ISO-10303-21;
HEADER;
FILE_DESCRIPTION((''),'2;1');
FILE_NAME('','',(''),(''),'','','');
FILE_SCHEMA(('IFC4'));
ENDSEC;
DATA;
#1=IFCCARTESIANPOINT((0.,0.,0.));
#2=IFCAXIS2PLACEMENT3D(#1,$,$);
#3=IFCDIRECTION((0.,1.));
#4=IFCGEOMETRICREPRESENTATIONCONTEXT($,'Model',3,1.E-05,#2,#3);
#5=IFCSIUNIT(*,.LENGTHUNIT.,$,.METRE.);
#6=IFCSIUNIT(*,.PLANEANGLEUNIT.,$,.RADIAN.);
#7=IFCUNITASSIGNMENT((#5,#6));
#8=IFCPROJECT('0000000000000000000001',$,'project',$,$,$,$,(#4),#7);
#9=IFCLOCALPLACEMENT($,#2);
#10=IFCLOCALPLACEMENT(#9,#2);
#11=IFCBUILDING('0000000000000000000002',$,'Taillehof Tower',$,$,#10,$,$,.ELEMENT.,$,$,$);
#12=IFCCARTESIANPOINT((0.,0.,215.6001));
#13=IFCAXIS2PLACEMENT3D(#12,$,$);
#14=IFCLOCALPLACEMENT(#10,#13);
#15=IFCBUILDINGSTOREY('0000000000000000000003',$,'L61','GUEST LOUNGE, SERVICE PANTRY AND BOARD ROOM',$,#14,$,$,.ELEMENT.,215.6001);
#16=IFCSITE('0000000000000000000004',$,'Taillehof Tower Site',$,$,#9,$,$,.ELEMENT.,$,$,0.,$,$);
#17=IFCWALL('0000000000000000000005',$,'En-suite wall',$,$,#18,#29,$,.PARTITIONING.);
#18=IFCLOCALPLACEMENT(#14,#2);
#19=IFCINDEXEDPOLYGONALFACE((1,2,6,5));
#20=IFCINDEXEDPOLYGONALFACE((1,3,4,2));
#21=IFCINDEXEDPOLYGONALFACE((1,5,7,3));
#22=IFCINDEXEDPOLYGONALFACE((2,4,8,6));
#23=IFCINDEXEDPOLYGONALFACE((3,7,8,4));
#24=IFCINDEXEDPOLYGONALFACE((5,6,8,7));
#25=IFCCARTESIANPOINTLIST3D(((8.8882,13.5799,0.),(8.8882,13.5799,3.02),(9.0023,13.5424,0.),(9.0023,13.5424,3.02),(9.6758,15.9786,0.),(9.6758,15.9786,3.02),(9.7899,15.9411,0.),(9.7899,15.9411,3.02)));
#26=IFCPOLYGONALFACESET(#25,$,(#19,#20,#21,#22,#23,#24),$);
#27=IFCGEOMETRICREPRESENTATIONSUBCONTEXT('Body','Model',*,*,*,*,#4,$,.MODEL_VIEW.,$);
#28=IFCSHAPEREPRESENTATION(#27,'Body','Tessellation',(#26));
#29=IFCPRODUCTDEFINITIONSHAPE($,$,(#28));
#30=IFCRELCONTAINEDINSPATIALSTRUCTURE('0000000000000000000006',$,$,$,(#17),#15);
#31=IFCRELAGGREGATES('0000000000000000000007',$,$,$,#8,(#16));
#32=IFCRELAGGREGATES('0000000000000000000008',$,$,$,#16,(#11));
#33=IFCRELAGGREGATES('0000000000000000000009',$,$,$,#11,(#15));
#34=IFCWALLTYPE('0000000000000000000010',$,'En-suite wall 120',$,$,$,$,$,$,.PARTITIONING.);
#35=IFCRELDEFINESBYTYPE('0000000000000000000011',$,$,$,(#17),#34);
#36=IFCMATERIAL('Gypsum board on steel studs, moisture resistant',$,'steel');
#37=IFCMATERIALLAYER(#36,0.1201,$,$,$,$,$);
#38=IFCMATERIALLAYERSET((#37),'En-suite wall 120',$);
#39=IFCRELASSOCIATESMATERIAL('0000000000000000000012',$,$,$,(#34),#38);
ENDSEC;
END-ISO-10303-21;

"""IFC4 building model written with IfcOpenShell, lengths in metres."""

from ifc_helpers import new_model, si_unit, direction, frame, frame_2d, origin, place, context, subcontext, project, spatial, rectangle, extrude, material, layer, layer_set, type_object, element, save


model = new_model("IFC4")

# Units and contexts
model_context = context("Model", 3, precision=1e-05, world=origin(), true_north=direction((0.0, 1.0)))
body_context = subcontext(model_context, "Body", "Model", "MODEL_VIEW")
ifc_project = project(units=[si_unit("LENGTHUNIT", "METRE"), si_unit("PLANEANGLEUNIT", "RADIAN")], contexts=[model_context])

# Site, building, storey
site_placement = place(None, origin())
site = spatial("IfcSite", under=ifc_project, at=site_placement, Name="Taillehof Tower Site", CompositionType="ELEMENT", RefElevation=0.0)
building_placement = place(site_placement, origin())
building = spatial("IfcBuilding", under=site, at=building_placement, Name="Taillehof Tower", CompositionType="ELEMENT")
storey_placement = place(building_placement, frame((0.0, 0.0, 215.6001)))
storey = spatial("IfcBuildingStorey", under=building, at=storey_placement, Name="L61", Description="GUEST LOUNGE, SERVICE PANTRY AND BOARD ROOM", CompositionType="ELEMENT", Elevation=215.6001)

# Wall
ifc_material_1 = material(Name="Gypsum board on steel studs, moisture resistant", Category="steel")
ifc_layer_1 = layer(ifc_material_1, 0.1201)
ifc_layer_set_1 = layer_set([ifc_layer_1], Name="En-suite wall 120")
wall_type_1 = type_object("IfcWallType", Name="En-suite wall 120", PredefinedType="PARTITIONING", material=ifc_layer_set_1)
wall_1_placement = place(storey_placement, frame((8.9453, 13.5613, 0.0), z_axis=(0.0, 0.0, 1.0), x_axis=(0.31196, 0.950095, 0.0)))
element("IfcWall", 1, at=wall_1_placement, inside=storey, type_object=wall_type_1, Name="En-suite wall", PredefinedType="PARTITIONING", context=body_context, shape_type="SweptSolid", body=[
    extrude(rectangle(XDim=2.5247, YDim=0.1201, at=frame_2d((1.2622, 0.0))), origin(), (0.0, 0.0, 1.0), 3.02),
])

save(model, "model.ifc")
